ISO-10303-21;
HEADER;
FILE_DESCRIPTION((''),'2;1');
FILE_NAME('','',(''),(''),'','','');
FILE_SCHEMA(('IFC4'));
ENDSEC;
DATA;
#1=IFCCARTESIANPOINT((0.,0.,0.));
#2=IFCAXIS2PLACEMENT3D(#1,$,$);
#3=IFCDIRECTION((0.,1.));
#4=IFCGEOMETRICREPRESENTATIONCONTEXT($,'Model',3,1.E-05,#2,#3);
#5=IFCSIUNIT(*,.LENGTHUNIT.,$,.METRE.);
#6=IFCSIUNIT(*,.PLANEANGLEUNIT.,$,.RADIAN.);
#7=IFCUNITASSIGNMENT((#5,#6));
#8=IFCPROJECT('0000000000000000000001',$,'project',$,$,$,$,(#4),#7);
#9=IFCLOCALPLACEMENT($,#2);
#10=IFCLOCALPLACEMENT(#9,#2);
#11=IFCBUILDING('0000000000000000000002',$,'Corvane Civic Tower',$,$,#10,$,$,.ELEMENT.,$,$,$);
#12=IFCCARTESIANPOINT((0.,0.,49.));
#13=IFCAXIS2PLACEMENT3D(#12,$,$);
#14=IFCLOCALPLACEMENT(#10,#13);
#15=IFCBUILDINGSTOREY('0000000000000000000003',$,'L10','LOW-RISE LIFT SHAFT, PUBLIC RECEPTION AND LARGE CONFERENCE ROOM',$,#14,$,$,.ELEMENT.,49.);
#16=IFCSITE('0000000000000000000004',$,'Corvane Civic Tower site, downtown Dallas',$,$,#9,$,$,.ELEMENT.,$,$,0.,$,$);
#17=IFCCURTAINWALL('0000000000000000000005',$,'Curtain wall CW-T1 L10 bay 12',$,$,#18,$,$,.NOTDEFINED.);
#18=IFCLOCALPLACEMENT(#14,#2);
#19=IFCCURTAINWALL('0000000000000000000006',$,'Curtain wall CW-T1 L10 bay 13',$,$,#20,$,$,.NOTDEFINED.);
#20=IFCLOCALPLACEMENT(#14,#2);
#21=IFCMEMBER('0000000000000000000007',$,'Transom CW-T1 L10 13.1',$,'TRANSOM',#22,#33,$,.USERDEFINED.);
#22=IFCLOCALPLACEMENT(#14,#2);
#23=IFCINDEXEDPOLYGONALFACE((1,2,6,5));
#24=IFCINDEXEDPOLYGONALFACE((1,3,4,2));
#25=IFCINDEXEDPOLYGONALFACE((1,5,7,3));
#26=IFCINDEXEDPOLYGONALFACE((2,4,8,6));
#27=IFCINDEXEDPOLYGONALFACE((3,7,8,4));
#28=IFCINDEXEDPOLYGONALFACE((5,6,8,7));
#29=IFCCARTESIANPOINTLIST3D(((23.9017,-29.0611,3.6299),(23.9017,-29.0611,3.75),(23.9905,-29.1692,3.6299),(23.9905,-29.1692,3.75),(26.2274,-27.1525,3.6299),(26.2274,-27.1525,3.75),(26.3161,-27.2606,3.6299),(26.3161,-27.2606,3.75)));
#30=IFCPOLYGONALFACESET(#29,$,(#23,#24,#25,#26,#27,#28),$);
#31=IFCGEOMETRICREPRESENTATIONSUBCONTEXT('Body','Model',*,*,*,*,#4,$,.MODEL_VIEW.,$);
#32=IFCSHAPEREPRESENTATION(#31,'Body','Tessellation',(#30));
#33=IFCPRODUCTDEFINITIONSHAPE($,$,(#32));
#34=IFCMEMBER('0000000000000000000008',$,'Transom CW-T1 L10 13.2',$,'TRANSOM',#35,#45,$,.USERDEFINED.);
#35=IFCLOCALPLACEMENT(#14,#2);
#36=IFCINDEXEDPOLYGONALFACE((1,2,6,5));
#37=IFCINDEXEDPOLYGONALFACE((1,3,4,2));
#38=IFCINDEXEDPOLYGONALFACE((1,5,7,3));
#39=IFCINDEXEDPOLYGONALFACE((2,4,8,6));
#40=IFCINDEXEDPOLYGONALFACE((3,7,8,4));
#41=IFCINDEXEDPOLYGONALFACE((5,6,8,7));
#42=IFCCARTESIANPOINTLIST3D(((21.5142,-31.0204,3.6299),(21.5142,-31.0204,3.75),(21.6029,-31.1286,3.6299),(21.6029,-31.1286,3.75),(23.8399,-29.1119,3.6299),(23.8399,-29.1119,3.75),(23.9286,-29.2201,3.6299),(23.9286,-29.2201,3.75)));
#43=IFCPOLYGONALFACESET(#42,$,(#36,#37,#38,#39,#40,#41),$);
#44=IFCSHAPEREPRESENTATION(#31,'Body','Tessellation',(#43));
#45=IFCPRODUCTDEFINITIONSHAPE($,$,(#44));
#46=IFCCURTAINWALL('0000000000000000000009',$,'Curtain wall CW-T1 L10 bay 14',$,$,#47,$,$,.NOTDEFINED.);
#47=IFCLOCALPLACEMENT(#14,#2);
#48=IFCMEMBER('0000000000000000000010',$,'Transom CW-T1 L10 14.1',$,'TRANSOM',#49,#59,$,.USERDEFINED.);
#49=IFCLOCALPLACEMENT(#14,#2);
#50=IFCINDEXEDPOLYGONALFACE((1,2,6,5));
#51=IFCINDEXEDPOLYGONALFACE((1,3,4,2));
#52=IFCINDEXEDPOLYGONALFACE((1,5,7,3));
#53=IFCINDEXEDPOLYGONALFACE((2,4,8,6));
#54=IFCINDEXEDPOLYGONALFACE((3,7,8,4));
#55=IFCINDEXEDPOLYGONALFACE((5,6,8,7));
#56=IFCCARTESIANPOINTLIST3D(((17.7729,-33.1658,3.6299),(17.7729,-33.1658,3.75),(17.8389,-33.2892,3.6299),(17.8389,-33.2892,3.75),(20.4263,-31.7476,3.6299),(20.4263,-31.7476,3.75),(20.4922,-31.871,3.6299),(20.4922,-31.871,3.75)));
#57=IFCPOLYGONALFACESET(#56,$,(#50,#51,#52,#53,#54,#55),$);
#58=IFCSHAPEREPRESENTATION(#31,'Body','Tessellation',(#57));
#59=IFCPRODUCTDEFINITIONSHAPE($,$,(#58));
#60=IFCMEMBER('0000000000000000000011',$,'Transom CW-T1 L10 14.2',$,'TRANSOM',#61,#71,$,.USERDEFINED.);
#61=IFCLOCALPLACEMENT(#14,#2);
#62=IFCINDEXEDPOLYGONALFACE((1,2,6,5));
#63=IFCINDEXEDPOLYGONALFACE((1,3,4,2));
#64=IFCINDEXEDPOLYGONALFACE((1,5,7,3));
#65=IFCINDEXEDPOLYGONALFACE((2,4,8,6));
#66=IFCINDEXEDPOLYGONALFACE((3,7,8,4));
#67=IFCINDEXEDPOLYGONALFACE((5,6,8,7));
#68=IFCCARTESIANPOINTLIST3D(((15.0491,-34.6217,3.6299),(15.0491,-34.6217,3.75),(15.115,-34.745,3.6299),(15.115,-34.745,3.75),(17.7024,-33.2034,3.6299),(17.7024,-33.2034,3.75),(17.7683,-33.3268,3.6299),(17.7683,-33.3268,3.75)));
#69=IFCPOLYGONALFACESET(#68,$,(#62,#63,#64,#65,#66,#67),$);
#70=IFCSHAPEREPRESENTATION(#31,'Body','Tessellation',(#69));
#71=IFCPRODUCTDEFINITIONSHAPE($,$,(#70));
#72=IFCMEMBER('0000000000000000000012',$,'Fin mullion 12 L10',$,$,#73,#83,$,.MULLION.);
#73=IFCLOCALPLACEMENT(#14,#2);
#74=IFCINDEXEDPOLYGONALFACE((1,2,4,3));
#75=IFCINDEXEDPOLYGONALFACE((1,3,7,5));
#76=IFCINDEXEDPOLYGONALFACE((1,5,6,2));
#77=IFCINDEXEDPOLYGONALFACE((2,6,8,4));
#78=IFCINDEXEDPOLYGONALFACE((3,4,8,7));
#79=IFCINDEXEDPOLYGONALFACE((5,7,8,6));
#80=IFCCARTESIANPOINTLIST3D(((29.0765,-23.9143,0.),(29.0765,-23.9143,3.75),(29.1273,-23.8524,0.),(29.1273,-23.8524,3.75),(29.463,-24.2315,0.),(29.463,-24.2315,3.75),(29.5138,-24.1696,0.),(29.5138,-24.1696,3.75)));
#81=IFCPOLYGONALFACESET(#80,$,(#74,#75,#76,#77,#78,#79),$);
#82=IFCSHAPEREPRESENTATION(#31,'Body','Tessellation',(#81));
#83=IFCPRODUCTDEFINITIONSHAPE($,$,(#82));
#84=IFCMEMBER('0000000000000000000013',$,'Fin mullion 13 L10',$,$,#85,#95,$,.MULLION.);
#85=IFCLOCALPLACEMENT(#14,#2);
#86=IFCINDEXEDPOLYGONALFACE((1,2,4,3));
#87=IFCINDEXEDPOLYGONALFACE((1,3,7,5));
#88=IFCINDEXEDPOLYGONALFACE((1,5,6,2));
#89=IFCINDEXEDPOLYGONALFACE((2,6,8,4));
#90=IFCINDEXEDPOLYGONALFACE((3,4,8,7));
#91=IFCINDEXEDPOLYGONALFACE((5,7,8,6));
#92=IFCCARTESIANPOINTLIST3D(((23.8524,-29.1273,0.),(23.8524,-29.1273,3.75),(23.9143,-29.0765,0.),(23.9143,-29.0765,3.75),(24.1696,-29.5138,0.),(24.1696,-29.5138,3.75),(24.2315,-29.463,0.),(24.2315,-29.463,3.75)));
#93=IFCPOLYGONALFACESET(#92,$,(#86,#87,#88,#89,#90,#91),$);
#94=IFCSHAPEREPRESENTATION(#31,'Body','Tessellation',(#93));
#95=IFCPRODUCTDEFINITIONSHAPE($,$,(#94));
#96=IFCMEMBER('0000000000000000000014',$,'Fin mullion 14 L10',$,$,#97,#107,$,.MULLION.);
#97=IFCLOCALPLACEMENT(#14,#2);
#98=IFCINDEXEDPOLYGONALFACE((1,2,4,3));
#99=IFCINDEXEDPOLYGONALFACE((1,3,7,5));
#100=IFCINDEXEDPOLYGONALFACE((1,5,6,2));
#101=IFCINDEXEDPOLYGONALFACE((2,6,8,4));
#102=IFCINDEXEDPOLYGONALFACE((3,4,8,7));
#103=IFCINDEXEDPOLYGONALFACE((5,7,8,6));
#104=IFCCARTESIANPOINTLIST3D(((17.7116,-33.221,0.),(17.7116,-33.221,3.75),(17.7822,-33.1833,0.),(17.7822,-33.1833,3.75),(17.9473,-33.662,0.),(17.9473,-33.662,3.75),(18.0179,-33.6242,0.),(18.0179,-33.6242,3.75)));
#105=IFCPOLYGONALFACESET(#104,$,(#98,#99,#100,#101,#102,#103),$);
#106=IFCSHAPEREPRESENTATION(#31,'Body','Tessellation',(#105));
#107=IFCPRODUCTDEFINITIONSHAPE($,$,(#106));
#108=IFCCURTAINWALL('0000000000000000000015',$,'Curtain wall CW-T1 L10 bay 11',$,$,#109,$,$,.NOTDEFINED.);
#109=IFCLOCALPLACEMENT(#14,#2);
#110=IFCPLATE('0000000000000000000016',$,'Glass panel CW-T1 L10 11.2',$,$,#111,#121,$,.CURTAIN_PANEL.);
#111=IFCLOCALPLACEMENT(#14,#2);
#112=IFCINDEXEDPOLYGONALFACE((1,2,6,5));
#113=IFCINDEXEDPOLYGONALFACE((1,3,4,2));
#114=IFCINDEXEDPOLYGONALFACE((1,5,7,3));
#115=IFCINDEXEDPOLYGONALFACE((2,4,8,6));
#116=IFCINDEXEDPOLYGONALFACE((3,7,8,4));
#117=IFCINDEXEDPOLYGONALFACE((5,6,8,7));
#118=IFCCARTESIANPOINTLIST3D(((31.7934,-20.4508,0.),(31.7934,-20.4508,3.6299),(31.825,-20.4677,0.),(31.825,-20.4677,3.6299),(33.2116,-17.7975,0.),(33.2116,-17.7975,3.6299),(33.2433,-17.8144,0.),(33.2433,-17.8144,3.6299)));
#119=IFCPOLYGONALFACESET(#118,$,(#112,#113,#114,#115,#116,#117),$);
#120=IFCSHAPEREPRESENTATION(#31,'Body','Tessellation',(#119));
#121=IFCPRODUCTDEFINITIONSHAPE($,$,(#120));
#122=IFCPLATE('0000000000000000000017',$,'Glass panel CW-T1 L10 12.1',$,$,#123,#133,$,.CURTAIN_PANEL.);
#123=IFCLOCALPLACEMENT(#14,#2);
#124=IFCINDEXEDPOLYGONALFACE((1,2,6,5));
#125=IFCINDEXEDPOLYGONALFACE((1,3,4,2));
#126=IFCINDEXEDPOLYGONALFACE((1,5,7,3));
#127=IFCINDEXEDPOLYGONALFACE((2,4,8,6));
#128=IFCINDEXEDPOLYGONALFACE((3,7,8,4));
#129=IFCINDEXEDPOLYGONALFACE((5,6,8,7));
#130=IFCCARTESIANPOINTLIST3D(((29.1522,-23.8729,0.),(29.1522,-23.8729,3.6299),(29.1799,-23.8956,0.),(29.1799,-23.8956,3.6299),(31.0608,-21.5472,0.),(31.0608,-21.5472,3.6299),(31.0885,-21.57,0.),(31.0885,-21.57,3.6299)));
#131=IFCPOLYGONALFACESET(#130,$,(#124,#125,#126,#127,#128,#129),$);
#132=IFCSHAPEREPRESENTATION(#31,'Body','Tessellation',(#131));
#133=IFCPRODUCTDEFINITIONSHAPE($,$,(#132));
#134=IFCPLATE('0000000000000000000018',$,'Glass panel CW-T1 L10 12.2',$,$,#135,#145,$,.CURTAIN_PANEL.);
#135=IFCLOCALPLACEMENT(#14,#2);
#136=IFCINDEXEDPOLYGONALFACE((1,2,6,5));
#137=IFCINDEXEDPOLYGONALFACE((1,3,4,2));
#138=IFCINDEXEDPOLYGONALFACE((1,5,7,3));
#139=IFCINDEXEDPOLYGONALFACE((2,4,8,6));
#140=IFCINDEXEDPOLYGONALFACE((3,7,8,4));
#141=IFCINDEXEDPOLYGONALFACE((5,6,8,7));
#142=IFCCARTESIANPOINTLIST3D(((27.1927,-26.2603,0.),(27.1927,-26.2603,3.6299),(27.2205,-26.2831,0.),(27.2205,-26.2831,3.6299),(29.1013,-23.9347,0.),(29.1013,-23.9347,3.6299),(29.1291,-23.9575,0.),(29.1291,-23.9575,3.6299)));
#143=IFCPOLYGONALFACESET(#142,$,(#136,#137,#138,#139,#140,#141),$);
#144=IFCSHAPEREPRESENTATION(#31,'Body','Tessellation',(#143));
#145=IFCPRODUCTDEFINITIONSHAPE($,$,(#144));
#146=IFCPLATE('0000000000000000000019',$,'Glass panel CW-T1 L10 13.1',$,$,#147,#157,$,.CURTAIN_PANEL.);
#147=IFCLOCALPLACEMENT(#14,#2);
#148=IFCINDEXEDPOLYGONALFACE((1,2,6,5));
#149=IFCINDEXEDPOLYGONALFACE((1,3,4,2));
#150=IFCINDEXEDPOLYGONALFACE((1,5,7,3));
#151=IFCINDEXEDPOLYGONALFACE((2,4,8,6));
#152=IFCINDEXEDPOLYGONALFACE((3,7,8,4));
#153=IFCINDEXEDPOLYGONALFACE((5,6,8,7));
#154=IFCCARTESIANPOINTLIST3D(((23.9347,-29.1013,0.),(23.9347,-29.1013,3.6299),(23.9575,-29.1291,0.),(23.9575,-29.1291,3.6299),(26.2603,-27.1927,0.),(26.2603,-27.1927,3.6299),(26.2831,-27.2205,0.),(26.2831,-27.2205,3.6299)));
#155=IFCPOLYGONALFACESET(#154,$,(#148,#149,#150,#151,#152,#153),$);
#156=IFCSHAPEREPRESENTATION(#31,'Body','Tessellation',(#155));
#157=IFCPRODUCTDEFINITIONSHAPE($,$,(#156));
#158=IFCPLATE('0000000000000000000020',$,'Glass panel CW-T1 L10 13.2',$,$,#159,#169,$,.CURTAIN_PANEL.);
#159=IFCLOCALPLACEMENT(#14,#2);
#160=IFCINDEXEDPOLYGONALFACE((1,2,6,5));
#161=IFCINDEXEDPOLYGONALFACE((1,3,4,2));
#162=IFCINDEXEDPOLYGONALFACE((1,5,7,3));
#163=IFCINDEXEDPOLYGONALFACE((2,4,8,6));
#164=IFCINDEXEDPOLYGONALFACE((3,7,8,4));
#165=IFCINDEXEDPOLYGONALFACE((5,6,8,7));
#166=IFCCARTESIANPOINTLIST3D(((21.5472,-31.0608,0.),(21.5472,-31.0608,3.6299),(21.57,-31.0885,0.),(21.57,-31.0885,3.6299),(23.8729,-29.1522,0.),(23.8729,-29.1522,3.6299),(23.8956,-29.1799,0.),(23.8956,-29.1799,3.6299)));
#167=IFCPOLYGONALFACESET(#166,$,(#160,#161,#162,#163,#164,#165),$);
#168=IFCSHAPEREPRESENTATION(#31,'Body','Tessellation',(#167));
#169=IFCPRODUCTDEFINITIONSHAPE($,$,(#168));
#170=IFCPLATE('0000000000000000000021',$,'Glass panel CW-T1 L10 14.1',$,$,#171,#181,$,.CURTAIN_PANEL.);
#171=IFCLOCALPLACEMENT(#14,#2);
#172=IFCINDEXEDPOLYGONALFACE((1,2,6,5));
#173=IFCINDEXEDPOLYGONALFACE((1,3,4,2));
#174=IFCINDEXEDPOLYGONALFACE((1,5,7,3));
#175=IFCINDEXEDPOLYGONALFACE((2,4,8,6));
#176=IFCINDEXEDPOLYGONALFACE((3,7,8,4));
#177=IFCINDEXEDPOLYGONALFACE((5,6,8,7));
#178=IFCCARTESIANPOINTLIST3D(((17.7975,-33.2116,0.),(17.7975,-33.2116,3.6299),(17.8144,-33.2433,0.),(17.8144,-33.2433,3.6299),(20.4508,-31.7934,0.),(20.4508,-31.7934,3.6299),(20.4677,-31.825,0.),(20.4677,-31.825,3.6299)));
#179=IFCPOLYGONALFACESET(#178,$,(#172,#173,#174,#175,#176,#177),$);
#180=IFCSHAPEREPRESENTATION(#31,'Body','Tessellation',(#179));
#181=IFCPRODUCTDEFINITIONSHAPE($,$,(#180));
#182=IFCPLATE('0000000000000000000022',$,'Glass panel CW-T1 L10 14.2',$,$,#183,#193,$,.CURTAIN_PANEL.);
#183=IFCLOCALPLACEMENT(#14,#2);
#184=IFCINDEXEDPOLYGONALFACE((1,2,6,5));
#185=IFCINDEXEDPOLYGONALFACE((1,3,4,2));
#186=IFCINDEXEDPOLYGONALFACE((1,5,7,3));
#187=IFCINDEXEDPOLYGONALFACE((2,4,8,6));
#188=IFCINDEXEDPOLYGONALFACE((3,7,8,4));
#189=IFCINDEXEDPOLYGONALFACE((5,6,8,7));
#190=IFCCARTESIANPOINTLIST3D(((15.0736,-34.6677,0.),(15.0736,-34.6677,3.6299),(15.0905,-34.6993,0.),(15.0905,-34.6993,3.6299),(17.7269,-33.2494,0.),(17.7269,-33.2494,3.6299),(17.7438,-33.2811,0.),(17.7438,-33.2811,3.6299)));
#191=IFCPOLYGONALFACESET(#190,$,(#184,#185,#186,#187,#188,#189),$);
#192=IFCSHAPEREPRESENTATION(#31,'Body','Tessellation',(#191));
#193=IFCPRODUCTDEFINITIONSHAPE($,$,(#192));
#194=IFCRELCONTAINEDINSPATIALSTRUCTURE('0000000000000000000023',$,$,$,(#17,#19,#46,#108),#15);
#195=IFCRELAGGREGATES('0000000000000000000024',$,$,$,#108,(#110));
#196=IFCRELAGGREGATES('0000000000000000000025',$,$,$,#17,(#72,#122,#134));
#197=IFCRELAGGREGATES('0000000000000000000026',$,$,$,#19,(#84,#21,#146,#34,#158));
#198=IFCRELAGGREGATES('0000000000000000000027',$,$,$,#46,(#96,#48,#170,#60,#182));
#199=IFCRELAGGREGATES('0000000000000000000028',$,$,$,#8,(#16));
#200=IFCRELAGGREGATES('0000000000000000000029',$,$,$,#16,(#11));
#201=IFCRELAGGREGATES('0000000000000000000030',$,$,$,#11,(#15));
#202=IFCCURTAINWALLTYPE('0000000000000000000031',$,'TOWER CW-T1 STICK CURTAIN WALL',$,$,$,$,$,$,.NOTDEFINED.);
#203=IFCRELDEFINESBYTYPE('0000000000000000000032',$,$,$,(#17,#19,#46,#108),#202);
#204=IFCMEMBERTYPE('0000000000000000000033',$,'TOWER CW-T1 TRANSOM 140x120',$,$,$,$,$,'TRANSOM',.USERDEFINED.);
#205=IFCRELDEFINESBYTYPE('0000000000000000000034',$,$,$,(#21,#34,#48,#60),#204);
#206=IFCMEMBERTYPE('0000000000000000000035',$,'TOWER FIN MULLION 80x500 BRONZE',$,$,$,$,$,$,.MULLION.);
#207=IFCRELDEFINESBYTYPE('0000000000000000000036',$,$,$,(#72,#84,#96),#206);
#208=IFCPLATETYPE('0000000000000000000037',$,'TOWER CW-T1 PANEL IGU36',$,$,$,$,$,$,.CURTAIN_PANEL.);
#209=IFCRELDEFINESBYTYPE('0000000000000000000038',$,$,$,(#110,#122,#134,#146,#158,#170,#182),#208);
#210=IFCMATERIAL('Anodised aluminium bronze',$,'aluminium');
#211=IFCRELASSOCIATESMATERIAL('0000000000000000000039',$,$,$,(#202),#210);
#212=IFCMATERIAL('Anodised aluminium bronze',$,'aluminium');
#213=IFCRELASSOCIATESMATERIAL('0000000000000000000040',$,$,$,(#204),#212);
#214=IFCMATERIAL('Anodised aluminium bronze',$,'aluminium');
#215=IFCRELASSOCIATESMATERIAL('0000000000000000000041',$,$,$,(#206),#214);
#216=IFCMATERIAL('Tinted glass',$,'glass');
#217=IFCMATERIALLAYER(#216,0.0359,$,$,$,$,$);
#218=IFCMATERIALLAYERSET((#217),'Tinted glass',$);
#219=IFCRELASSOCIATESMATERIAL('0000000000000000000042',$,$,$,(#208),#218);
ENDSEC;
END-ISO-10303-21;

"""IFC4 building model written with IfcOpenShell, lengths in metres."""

from ifc_helpers import new_model, si_unit, direction, frame, origin, origin_2d, place, context, subcontext, project, spatial, rectangle, extrude, material, layer, layer_set, material_profile, profile_set, type_object, element, aggregate, save


model = new_model("IFC4")

# Units and contexts
model_context = context("Model", 3, precision=1e-05, world=origin(), true_north=direction((0.0, 1.0)))
body_context = subcontext(model_context, "Body", "Model", "MODEL_VIEW")
ifc_project = project(units=[si_unit("LENGTHUNIT", "METRE"), si_unit("PLANEANGLEUNIT", "RADIAN")], contexts=[model_context])

# Site, building, storey
site_placement = place(None, origin())
site = spatial("IfcSite", under=ifc_project, at=site_placement, Name="Corvane Civic Tower site, downtown Dallas", CompositionType="ELEMENT", RefElevation=0.0)
building_placement = place(site_placement, origin())
building = spatial("IfcBuilding", under=site, at=building_placement, Name="Corvane Civic Tower", CompositionType="ELEMENT")
storey_placement = place(building_placement, frame((0.0, 0.0, 49.0)))
storey = spatial("IfcBuildingStorey", under=building, at=storey_placement, Name="L10", Description="LOW-RISE LIFT SHAFT, PUBLIC RECEPTION AND LARGE CONFERENCE ROOM", CompositionType="ELEMENT", Elevation=49.0)

# Curtain walls, members
ifc_material_1 = material(Name="Anodised aluminium bronze", Category="aluminium")
curtain_wall_type = type_object("IfcCurtainWallType", Name="TOWER CW-T1 STICK CURTAIN WALL", PredefinedType="NOTDEFINED", material=ifc_material_1)
curtain_wall_1_placement = place(storey_placement, origin())
curtain_wall_1 = element("IfcCurtainWall", 1, at=curtain_wall_1_placement, inside=storey, type_object=curtain_wall_type, Name="Curtain wall CW-T1 L10 bay 12", PredefinedType="NOTDEFINED")
ifc_material_2 = material(Name="Anodised aluminium bronze", Category="aluminium")
ifc_material_profile_1 = material_profile(ifc_material_2, rectangle(XDim=0.1399, YDim=0.1201, at=origin_2d()), Name="TOWER CW-T1 TRANSOM 140x120")
ifc_profile_set_1 = profile_set([ifc_material_profile_1], Name="Anodised aluminium bronze")
member_type_1 = type_object("IfcMemberType", Name="TOWER CW-T1 TRANSOM 140x120", ElementType="TRANSOM", PredefinedType="USERDEFINED", material=ifc_profile_set_1)
curtain_wall_2_placement = place(storey_placement, origin())
curtain_wall_2 = element("IfcCurtainWall", 2, at=curtain_wall_2_placement, inside=storey, type_object=curtain_wall_type, Name="Curtain wall CW-T1 L10 bay 13", PredefinedType="NOTDEFINED")
member_1_placement = place(storey_placement, frame((26.2717, -27.2065, 3.6899), z_axis=(-0.773002, -0.634404, 0.0), x_axis=(0.634404, -0.773002, 0.0)))
member_1 = element("IfcMember", 3, at=member_1_placement, type_object=member_type_1, Name="Transom CW-T1 L10 13.1", ObjectType="TRANSOM", PredefinedType="USERDEFINED", context=body_context, shape_type="SweptSolid", body=[
    extrude(rectangle(XDim=0.1399, YDim=0.1201, at=origin_2d()), origin(), (0.0, 0.0, 1.0), 3.0085),
])
member_2_placement = place(storey_placement, frame((23.8843, -29.166, 3.6899), z_axis=(-0.773042, -0.634355, 0.0), x_axis=(0.634355, -0.773042, 0.0)))
member_2 = element("IfcMember", 4, at=member_2_placement, type_object=member_type_1, Name="Transom CW-T1 L10 13.2", ObjectType="TRANSOM", PredefinedType="USERDEFINED", context=body_context, shape_type="SweptSolid", body=[
    extrude(rectangle(XDim=0.1399, YDim=0.1201, at=origin_2d()), origin(), (0.0, 0.0, 1.0), 3.0085),
])
curtain_wall_3_placement = place(storey_placement, origin())
curtain_wall_3 = element("IfcCurtainWall", 5, at=curtain_wall_3_placement, inside=storey, type_object=curtain_wall_type, Name="Curtain wall CW-T1 L10 bay 14", PredefinedType="NOTDEFINED")
member_3_placement = place(storey_placement, frame((20.4592, -31.8093, 3.6899), z_axis=(-0.881924, -0.471393, 0.0), x_axis=(0.471393, -0.881924, 0.0)))
member_3 = element("IfcMember", 6, at=member_3_placement, type_object=member_type_1, Name="Transom CW-T1 L10 14.1", ObjectType="TRANSOM", PredefinedType="USERDEFINED", context=body_context, shape_type="SweptSolid", body=[
    extrude(rectangle(XDim=0.1399, YDim=0.1201, at=origin_2d()), origin(), (0.0, 0.0, 1.0), 3.0085),
])
member_4_placement = place(storey_placement, frame((17.7354, -33.2651, 3.6899), z_axis=(-0.881924, -0.471393, 0.0), x_axis=(0.471393, -0.881924, 0.0)))
member_4 = element("IfcMember", 7, at=member_4_placement, type_object=member_type_1, Name="Transom CW-T1 L10 14.2", ObjectType="TRANSOM", PredefinedType="USERDEFINED", context=body_context, shape_type="SweptSolid", body=[
    extrude(rectangle(XDim=0.1399, YDim=0.1201, at=origin_2d()), origin(), (0.0, 0.0, 1.0), 3.0085),
])

# Members
ifc_material_3 = material(Name="Anodised aluminium bronze", Category="aluminium")
ifc_material_profile_2 = material_profile(ifc_material_3, rectangle(XDim=0.0801, YDim=0.5, at=origin_2d()), Name="TOWER FIN MULLION 80x500 BRONZE")
ifc_profile_set_2 = profile_set([ifc_material_profile_2], Name="Anodised aluminium bronze")
member_type_2 = type_object("IfcMemberType", Name="TOWER FIN MULLION 80x500 BRONZE", PredefinedType="MULLION", material=ifc_profile_set_2)
member_5_placement = place(storey_placement, frame((29.2952, -24.042, 0.0), z_axis=(0.0, 0.0, 1.0), x_axis=(-0.634397, -0.773007, 0.0)))
member_5 = element("IfcMember", 8, at=member_5_placement, type_object=member_type_2, Name="Fin mullion 12 L10", PredefinedType="MULLION", context=body_context, shape_type="SweptSolid", body=[
    extrude(rectangle(XDim=0.0801, YDim=0.5, at=origin_2d()), origin(), (0.0, 0.0, 1.0), 3.75),
])
member_6_placement = place(storey_placement, frame((24.042, -29.2952, 0.0), z_axis=(0.0, 0.0, 1.0), x_axis=(-0.773007, -0.634397, 0.0)))
member_6 = element("IfcMember", 9, at=member_6_placement, type_object=member_type_2, Name="Fin mullion 13 L10", PredefinedType="MULLION", context=body_context, shape_type="SweptSolid", body=[
    extrude(rectangle(XDim=0.0801, YDim=0.5, at=origin_2d()), origin(), (0.0, 0.0, 1.0), 3.75),
])
member_7_placement = place(storey_placement, frame((17.8647, -33.4226, 0.0), z_axis=(0.0, 0.0, 1.0), x_axis=(-0.881918, -0.471404, 0.0)))
member_7 = element("IfcMember", 10, at=member_7_placement, type_object=member_type_2, Name="Fin mullion 14 L10", PredefinedType="MULLION", context=body_context, shape_type="SweptSolid", body=[
    extrude(rectangle(XDim=0.0801, YDim=0.5, at=origin_2d()), origin(), (0.0, 0.0, 1.0), 3.75),
])

# Curtain wall, plate
curtain_wall_4_placement = place(storey_placement, origin())
curtain_wall_4 = element("IfcCurtainWall", 11, at=curtain_wall_4_placement, inside=storey, type_object=curtain_wall_type, Name="Curtain wall CW-T1 L10 bay 11", PredefinedType="NOTDEFINED")
ifc_material_4 = material(Name="Tinted glass", Category="glass")
ifc_layer = layer(ifc_material_4, 0.0359)
ifc_layer_set = layer_set([ifc_layer], Name="Tinted glass")
plate_type = type_object("IfcPlateType", Name="TOWER CW-T1 PANEL IGU36", PredefinedType="CURTAIN_PANEL", material=ifc_layer_set)
plate_1_placement = place(storey_placement, frame((32.5183, -19.1326, 0.0), z_axis=(0.0, 0.0, 1.0), x_axis=(-0.471404, -0.881918, 0.0)))
plate_1 = element("IfcPlate", 12, at=plate_1_placement, type_object=plate_type, Name="Glass panel CW-T1 L10 11.2", PredefinedType="CURTAIN_PANEL", context=body_context, shape_type="SweptSolid", body=[
    extrude(rectangle(XDim=3.0085, YDim=0.0359, at=origin_2d()), origin(), (0.0, 0.0, 1.0), 3.6299),
])
aggregate(curtain_wall_4, [plate_1])

# Plates
plate_2_placement = place(storey_placement, frame((30.1204, -22.7214, 0.0), z_axis=(0.0, 0.0, 1.0), x_axis=(-0.634397, -0.773007, 0.0)))
plate_2 = element("IfcPlate", 13, at=plate_2_placement, type_object=plate_type, Name="Glass panel CW-T1 L10 12.1", PredefinedType="CURTAIN_PANEL", context=body_context, shape_type="SweptSolid", body=[
    extrude(rectangle(XDim=3.0085, YDim=0.0359, at=origin_2d()), origin(), (0.0, 0.0, 1.0), 3.6299),
])
plate_3_placement = place(storey_placement, frame((28.1609, -25.1089, 0.0), z_axis=(0.0, 0.0, 1.0), x_axis=(-0.634397, -0.773007, 0.0)))
plate_3 = element("IfcPlate", 14, at=plate_3_placement, type_object=plate_type, Name="Glass panel CW-T1 L10 12.2", PredefinedType="CURTAIN_PANEL", context=body_context, shape_type="SweptSolid", body=[
    extrude(rectangle(XDim=3.0085, YDim=0.0359, at=origin_2d()), origin(), (0.0, 0.0, 1.0), 3.6299),
])
aggregate(curtain_wall_1, [member_5, plate_2, plate_3])
plate_4_placement = place(storey_placement, frame((25.1089, -28.1609, 0.0), z_axis=(0.0, 0.0, 1.0), x_axis=(-0.773007, -0.634397, 0.0)))
plate_4 = element("IfcPlate", 15, at=plate_4_placement, type_object=plate_type, Name="Glass panel CW-T1 L10 13.1", PredefinedType="CURTAIN_PANEL", context=body_context, shape_type="SweptSolid", body=[
    extrude(rectangle(XDim=3.0085, YDim=0.0359, at=origin_2d()), origin(), (0.0, 0.0, 1.0), 3.6299),
])
plate_5_placement = place(storey_placement, frame((22.7214, -30.1204, 0.0), z_axis=(0.0, 0.0, 1.0), x_axis=(-0.773007, -0.634397, 0.0)))
plate_5 = element("IfcPlate", 16, at=plate_5_placement, type_object=plate_type, Name="Glass panel CW-T1 L10 13.2", PredefinedType="CURTAIN_PANEL", context=body_context, shape_type="SweptSolid", body=[
    extrude(rectangle(XDim=3.0085, YDim=0.0359, at=origin_2d()), origin(), (0.0, 0.0, 1.0), 3.6299),
])
aggregate(curtain_wall_2, [member_6, member_1, plate_4, member_2, plate_5])
plate_6_placement = place(storey_placement, frame((19.1326, -32.5183, 0.0), z_axis=(0.0, 0.0, 1.0), x_axis=(-0.881918, -0.471404, 0.0)))
plate_6 = element("IfcPlate", 17, at=plate_6_placement, type_object=plate_type, Name="Glass panel CW-T1 L10 14.1", PredefinedType="CURTAIN_PANEL", context=body_context, shape_type="SweptSolid", body=[
    extrude(rectangle(XDim=3.0085, YDim=0.0359, at=origin_2d()), origin(), (0.0, 0.0, 1.0), 3.6299),
])
plate_7_placement = place(storey_placement, frame((16.4087, -33.9744, 0.0), z_axis=(0.0, 0.0, 1.0), x_axis=(-0.881918, -0.471404, 0.0)))
plate_7 = element("IfcPlate", 18, at=plate_7_placement, type_object=plate_type, Name="Glass panel CW-T1 L10 14.2", PredefinedType="CURTAIN_PANEL", context=body_context, shape_type="SweptSolid", body=[
    extrude(rectangle(XDim=3.0085, YDim=0.0359, at=origin_2d()), origin(), (0.0, 0.0, 1.0), 3.6299),
])
aggregate(curtain_wall_3, [member_7, member_3, plate_6, member_4, plate_7])

save(model, "model.ifc")
